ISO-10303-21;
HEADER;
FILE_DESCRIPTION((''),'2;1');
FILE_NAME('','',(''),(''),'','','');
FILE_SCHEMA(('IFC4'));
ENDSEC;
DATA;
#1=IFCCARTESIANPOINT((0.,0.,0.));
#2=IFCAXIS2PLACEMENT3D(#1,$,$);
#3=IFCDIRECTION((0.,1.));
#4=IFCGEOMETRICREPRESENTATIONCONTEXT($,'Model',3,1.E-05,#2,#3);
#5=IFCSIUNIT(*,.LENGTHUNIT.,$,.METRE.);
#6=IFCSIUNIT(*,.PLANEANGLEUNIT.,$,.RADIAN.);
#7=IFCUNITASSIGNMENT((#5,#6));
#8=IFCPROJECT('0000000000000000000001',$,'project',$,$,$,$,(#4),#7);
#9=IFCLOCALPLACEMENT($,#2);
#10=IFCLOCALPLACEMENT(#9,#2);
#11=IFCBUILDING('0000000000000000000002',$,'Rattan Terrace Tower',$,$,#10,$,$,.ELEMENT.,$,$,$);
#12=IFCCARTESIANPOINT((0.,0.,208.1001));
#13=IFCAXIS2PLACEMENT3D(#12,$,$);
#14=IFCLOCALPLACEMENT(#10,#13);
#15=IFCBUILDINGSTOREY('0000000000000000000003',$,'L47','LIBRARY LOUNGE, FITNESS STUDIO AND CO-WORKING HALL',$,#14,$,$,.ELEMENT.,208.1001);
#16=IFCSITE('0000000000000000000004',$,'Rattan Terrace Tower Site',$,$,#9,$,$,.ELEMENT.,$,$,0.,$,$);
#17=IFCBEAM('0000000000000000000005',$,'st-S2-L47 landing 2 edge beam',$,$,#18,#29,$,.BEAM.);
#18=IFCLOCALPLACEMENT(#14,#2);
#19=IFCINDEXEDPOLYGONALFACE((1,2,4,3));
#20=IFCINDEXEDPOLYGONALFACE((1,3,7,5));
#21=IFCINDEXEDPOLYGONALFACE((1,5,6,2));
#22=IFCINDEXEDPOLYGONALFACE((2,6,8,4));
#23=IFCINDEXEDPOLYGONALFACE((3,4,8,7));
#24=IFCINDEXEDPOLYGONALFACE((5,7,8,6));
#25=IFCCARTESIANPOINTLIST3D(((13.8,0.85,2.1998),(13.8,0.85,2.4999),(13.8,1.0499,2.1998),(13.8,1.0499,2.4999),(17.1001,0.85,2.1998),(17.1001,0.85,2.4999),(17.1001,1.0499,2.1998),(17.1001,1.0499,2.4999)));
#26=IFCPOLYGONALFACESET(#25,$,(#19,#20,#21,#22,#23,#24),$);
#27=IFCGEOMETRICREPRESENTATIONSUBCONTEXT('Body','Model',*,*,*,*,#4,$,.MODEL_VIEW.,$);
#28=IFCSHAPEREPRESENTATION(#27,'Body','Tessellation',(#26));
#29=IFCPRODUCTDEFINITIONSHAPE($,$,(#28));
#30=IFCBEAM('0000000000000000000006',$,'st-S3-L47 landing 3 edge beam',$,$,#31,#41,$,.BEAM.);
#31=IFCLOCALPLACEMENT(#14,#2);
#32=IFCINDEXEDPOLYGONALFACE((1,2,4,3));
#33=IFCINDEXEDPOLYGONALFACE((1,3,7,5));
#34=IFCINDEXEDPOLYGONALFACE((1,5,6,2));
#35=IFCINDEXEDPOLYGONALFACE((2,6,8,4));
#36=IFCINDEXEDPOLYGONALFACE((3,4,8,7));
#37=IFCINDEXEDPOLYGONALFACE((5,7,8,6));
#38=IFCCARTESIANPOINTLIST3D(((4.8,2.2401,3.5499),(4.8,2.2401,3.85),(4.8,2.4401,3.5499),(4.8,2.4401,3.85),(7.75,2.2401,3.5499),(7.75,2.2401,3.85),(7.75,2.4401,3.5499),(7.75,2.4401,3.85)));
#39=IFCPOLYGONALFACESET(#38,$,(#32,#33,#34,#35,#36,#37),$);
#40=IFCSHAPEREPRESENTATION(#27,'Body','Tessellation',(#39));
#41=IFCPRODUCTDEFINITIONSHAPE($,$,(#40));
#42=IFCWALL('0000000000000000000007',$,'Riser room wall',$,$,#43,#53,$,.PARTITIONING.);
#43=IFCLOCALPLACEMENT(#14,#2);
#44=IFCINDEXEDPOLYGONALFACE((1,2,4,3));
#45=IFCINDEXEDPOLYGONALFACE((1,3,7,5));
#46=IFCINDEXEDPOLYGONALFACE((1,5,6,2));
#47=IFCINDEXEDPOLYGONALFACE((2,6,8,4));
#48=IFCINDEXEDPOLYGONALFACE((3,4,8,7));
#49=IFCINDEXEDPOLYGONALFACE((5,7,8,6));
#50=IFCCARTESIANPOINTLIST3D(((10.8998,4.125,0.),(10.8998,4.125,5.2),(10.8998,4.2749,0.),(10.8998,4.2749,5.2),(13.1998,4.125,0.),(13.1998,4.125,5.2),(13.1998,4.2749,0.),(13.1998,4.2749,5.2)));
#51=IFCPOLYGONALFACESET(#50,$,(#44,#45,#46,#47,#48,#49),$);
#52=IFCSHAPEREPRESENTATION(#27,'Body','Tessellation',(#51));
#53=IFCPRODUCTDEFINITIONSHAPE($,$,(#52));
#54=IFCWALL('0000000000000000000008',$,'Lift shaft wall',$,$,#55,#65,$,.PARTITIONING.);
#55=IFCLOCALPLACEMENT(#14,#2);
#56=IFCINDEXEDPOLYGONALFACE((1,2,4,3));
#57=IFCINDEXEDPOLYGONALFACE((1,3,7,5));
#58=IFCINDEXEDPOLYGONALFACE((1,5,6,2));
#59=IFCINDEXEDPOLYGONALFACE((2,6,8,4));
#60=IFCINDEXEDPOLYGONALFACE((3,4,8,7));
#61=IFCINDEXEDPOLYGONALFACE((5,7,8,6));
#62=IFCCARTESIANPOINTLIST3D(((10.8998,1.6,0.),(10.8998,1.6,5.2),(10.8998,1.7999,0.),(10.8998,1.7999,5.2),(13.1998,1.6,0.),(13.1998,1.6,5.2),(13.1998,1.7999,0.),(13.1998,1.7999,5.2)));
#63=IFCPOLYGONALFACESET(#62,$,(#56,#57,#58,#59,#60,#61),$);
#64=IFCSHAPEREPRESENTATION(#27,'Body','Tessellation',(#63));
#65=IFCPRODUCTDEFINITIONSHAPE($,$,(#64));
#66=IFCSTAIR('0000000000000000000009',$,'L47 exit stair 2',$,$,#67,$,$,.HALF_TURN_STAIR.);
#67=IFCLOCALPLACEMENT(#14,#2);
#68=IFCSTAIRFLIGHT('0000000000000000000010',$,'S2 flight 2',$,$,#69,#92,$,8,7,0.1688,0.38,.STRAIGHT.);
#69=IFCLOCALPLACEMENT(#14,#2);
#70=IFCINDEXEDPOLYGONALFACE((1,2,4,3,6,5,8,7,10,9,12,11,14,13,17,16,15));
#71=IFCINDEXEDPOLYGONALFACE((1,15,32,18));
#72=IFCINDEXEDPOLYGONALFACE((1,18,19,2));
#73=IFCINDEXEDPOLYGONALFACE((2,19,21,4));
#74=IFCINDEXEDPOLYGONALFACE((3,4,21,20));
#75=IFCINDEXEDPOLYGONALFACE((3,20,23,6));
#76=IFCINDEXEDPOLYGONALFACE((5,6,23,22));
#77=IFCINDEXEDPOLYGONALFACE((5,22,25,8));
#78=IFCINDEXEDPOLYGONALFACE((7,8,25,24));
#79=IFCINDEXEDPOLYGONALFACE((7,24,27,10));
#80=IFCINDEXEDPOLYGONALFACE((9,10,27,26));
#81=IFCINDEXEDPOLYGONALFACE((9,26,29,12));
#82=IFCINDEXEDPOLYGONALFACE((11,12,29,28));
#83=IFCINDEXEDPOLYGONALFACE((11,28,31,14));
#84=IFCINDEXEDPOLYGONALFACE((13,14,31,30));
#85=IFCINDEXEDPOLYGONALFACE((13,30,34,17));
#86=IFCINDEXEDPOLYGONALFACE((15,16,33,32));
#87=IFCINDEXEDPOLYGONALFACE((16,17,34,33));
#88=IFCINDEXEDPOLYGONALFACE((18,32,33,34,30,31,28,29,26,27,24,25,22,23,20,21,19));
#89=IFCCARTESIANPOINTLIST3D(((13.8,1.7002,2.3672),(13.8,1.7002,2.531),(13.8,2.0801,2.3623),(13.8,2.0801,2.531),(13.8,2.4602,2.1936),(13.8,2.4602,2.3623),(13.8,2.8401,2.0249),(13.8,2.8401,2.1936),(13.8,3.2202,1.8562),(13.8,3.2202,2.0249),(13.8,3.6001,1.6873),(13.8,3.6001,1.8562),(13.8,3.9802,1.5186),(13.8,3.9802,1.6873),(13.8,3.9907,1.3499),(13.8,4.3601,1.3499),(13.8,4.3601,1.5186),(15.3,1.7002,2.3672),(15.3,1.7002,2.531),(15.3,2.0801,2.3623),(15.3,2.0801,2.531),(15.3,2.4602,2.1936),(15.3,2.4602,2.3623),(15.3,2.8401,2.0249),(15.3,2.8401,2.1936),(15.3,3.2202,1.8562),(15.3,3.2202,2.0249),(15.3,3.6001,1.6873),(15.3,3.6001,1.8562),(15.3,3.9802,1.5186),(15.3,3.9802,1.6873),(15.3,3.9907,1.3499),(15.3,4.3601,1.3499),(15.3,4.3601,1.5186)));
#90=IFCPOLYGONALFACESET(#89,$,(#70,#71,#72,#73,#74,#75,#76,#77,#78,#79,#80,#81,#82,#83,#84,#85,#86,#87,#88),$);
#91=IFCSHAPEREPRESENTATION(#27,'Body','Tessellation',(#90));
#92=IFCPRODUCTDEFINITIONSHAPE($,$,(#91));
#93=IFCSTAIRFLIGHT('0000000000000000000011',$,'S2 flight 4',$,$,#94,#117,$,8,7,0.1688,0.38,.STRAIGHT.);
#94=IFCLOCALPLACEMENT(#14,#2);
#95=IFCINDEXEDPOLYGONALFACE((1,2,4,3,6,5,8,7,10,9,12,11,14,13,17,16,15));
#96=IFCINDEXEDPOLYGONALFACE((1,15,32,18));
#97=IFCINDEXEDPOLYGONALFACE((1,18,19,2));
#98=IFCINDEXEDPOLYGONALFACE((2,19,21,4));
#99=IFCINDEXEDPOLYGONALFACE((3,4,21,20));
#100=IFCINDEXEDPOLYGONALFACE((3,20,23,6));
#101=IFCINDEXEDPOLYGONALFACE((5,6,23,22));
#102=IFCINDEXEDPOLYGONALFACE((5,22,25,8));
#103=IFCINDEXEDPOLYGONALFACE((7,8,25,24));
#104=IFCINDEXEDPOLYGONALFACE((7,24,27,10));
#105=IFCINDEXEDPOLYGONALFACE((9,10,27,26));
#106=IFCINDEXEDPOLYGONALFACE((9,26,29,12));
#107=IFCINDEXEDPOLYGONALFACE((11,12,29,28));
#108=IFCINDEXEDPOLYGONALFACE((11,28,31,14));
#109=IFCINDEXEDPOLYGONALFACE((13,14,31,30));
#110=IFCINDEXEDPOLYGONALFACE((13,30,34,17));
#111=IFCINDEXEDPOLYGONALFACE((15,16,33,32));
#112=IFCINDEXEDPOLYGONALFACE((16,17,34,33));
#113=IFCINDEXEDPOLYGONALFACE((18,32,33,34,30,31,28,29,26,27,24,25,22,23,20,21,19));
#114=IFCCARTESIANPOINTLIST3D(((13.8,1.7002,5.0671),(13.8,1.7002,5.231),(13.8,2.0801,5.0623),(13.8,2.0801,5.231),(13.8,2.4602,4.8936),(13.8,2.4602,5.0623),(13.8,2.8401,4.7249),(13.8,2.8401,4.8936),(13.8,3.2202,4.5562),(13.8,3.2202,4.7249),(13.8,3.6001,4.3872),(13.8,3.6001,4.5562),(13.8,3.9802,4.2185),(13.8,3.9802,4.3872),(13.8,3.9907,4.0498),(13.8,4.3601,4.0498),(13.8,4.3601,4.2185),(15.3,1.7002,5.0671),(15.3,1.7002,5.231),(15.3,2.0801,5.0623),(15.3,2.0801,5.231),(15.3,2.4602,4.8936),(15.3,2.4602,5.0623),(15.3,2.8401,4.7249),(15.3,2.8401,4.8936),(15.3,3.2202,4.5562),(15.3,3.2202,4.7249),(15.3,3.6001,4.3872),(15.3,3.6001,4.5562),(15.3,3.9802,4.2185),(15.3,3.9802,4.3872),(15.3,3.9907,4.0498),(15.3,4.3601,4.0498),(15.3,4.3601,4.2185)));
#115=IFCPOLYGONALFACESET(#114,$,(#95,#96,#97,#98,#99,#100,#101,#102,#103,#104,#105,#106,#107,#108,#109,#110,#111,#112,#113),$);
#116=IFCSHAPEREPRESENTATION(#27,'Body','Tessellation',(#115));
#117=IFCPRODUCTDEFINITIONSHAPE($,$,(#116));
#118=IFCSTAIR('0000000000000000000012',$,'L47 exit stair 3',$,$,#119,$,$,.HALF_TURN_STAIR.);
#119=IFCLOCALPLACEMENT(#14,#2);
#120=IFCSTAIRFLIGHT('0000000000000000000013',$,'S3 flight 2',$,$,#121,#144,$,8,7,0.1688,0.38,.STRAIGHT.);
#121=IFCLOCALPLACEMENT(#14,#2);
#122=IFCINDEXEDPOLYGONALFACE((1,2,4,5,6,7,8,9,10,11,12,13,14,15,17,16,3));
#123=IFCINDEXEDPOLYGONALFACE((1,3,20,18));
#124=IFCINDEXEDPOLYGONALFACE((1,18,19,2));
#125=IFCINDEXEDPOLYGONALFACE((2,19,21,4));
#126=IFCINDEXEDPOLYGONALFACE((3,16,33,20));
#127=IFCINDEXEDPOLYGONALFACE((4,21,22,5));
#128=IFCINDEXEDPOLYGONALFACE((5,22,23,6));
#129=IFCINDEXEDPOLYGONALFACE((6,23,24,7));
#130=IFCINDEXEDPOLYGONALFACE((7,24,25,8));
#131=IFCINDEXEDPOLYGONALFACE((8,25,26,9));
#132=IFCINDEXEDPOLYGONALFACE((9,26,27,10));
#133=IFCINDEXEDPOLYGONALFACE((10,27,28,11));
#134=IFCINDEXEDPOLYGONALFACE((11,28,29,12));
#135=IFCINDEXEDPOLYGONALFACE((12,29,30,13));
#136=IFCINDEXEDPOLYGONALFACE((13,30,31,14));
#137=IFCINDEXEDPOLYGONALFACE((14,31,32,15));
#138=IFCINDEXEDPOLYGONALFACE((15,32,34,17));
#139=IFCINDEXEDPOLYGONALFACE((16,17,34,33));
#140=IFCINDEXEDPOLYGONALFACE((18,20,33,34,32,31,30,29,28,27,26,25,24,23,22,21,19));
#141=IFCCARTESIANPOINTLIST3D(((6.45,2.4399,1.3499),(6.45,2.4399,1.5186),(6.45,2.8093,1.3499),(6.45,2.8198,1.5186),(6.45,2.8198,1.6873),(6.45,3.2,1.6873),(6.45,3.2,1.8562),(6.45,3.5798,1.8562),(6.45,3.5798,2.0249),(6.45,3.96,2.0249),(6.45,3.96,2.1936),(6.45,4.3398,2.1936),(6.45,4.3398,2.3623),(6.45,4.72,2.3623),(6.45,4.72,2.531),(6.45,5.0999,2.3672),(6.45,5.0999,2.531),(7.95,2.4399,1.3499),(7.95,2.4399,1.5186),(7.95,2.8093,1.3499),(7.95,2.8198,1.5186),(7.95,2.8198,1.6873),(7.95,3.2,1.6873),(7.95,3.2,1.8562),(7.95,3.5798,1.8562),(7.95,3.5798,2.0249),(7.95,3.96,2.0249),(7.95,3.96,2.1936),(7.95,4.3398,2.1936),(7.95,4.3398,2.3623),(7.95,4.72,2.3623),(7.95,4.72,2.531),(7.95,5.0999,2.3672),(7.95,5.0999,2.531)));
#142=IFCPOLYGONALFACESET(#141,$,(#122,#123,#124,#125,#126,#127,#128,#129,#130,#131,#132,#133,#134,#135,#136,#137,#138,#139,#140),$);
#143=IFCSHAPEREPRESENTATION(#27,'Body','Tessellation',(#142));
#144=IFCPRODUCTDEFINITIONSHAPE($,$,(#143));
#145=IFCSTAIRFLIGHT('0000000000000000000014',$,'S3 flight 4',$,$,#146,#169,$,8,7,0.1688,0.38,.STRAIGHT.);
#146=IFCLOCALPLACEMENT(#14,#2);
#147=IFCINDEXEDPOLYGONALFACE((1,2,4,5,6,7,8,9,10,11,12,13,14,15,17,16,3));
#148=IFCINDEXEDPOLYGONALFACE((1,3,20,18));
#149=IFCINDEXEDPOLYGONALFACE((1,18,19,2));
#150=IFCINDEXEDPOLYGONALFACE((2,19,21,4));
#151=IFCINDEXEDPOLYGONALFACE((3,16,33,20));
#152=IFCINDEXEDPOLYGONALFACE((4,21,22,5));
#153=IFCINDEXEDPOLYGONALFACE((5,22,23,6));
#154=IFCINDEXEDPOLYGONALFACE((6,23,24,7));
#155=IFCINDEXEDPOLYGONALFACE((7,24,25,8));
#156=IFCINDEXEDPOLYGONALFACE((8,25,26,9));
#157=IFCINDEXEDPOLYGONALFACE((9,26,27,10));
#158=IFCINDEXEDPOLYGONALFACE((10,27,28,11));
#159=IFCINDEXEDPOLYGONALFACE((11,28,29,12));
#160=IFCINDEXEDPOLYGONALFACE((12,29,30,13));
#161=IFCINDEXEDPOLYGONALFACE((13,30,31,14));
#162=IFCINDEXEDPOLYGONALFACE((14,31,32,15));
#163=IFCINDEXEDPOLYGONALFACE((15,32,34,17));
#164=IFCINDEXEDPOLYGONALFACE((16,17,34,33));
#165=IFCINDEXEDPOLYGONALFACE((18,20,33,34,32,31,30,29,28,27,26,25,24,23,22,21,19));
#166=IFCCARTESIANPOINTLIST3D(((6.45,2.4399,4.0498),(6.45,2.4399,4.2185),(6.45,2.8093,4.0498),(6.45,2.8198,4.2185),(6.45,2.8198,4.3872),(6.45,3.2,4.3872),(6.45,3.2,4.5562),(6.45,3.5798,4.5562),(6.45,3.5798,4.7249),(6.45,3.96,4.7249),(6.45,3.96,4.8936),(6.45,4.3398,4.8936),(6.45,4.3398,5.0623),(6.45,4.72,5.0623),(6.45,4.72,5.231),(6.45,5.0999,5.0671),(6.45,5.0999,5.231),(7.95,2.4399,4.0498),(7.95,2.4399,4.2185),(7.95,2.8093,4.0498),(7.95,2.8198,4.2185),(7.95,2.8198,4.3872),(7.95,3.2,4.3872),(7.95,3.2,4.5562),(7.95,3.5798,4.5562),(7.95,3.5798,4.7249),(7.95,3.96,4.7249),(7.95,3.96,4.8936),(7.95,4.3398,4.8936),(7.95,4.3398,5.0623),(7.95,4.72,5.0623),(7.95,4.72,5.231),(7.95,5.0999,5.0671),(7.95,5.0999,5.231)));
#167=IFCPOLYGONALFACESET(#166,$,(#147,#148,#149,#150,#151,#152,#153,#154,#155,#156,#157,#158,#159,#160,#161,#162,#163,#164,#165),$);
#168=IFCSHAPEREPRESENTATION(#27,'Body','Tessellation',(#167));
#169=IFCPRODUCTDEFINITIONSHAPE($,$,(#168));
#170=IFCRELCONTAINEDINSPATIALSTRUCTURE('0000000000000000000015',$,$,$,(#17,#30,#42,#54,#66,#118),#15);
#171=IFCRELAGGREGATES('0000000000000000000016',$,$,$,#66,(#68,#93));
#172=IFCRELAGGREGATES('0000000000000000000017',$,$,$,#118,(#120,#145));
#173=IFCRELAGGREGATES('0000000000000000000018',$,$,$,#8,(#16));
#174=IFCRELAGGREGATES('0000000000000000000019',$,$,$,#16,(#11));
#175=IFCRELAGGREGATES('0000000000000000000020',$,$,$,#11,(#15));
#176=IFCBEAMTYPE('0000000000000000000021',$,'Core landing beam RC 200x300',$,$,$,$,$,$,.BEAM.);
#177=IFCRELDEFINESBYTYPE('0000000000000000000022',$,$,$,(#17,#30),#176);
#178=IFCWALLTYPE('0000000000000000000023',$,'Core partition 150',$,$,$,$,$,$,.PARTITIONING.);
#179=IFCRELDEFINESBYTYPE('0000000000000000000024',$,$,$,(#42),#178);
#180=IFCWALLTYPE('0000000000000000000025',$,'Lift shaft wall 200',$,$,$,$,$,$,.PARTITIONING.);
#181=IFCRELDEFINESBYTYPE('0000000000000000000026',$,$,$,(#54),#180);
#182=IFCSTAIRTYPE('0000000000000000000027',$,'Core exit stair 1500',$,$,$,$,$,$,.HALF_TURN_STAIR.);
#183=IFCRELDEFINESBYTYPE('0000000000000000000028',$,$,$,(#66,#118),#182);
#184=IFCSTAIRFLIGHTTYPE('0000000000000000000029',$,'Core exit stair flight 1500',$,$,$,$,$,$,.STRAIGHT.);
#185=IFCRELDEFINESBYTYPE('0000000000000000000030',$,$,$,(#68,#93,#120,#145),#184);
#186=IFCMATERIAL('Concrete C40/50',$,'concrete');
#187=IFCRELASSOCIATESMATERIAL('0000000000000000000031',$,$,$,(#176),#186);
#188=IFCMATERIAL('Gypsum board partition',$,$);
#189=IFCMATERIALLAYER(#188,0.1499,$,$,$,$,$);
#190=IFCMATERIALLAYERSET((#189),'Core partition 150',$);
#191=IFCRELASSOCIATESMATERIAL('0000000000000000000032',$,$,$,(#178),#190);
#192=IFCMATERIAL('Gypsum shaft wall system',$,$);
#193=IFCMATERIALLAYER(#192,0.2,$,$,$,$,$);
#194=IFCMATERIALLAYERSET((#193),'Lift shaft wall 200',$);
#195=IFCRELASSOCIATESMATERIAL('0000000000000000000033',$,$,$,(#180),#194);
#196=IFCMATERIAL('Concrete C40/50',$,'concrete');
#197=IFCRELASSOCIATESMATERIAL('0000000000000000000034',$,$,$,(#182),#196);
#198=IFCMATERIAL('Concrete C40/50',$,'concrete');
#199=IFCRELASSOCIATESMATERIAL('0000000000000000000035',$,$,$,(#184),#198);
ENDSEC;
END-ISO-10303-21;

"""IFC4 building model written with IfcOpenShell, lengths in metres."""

from ifc_helpers import new_model, si_unit, direction, frame, frame_2d, origin, origin_2d, place, context, subcontext, project, spatial, polyline, rectangle, outline, extrude, material, layer, layer_set, material_profile, profile_set, type_object, element, aggregate, save


model = new_model("IFC4")

# Units and contexts
model_context = context("Model", 3, precision=1e-05, world=origin(), true_north=direction((0.0, 1.0)))
body_context = subcontext(model_context, "Body", "Model", "MODEL_VIEW")
ifc_project = project(units=[si_unit("LENGTHUNIT", "METRE"), si_unit("PLANEANGLEUNIT", "RADIAN")], contexts=[model_context])

# Site, building, storey
site_placement = place(None, origin())
site = spatial("IfcSite", under=ifc_project, at=site_placement, Name="Rattan Terrace Tower Site", CompositionType="ELEMENT", RefElevation=0.0)
building_placement = place(site_placement, origin())
building = spatial("IfcBuilding", under=site, at=building_placement, Name="Rattan Terrace Tower", CompositionType="ELEMENT")
storey_placement = place(building_placement, frame((0.0, 0.0, 208.1001)))
storey = spatial("IfcBuildingStorey", under=building, at=storey_placement, Name="L47", Description="LIBRARY LOUNGE, FITNESS STUDIO AND CO-WORKING HALL", CompositionType="ELEMENT", Elevation=208.1001)

# Beams
ifc_material_1 = material(Name="Concrete C40/50", Category="concrete")
ifc_material_profile = material_profile(ifc_material_1, rectangle(XDim=0.2, YDim=0.3, at=origin_2d()), Name="RC 200x300")
ifc_profile_set = profile_set([ifc_material_profile], Name="Concrete C40/50")
beam_type = type_object("IfcBeamType", Name="Core landing beam RC 200x300", PredefinedType="BEAM", material=ifc_profile_set)
beam_1_placement = place(storey_placement, frame((13.8, 0.95, 2.3499), z_axis=(1.0, 0.0, 0.0), x_axis=(0.0, 1.0, 0.0)))
element("IfcBeam", 1, at=beam_1_placement, inside=storey, type_object=beam_type, Name="st-S2-L47 landing 2 edge beam", PredefinedType="BEAM", context=body_context, shape_type="SweptSolid", body=[
    extrude(rectangle(XDim=0.2, YDim=0.3, at=origin_2d()), origin(), (0.0, 0.0, 1.0), 3.3),
])
beam_2_placement = place(storey_placement, frame((4.8, 2.3401, 3.7), z_axis=(1.0, 0.0, 0.0), x_axis=(0.0, 1.0, 0.0)))
element("IfcBeam", 2, at=beam_2_placement, inside=storey, type_object=beam_type, Name="st-S3-L47 landing 3 edge beam", PredefinedType="BEAM", context=body_context, shape_type="SweptSolid", body=[
    extrude(rectangle(XDim=0.2, YDim=0.3, at=origin_2d()), origin(), (0.0, 0.0, 1.0), 2.95),
])

# Walls
ifc_material_2 = material(Name="Gypsum board partition")
ifc_layer_1 = layer(ifc_material_2, 0.1499)
ifc_layer_set_1 = layer_set([ifc_layer_1], Name="Core partition 150")
wall_type_1 = type_object("IfcWallType", Name="Core partition 150", PredefinedType="PARTITIONING", material=ifc_layer_set_1)
wall_1_placement = place(storey_placement, frame((10.8999, 4.2, 0.0), z_axis=(0.0, 0.0, 1.0), x_axis=(1.0, 0.0, 0.0)))
element("IfcWall", 3, at=wall_1_placement, inside=storey, type_object=wall_type_1, Name="Riser room wall", PredefinedType="PARTITIONING", context=body_context, shape_type="SweptSolid", body=[
    extrude(rectangle(XDim=2.3, YDim=0.1499, at=frame_2d((1.1499, 0.0))), origin(), (0.0, 0.0, 1.0), 5.2),
])
ifc_material_3 = material(Name="Gypsum shaft wall system")
ifc_layer_2 = layer(ifc_material_3, 0.2)
ifc_layer_set_2 = layer_set([ifc_layer_2], Name="Lift shaft wall 200")
wall_type_2 = type_object("IfcWallType", Name="Lift shaft wall 200", PredefinedType="PARTITIONING", material=ifc_layer_set_2)
wall_2_placement = place(storey_placement, frame((10.8999, 1.7, 0.0), z_axis=(0.0, 0.0, 1.0), x_axis=(1.0, 0.0, 0.0)))
element("IfcWall", 4, at=wall_2_placement, inside=storey, type_object=wall_type_2, Name="Lift shaft wall", PredefinedType="PARTITIONING", context=body_context, shape_type="SweptSolid", body=[
    extrude(rectangle(XDim=2.3, YDim=0.2, at=frame_2d((1.1499, 0.0))), origin(), (0.0, 0.0, 1.0), 5.2),
])

# Stairs, stair flights
ifc_material_4 = material(Name="Concrete C40/50", Category="concrete")
stair_type = type_object("IfcStairType", Name="Core exit stair 1500", PredefinedType="HALF_TURN_STAIR", material=ifc_material_4)
stair_1_placement = place(storey_placement, origin())
stair_1 = element("IfcStair", 5, at=stair_1_placement, inside=storey, type_object=stair_type, Name="L47 exit stair 2", PredefinedType="HALF_TURN_STAIR")
ifc_material_5 = material(Name="Concrete C40/50", Category="concrete")
stair_flight_type = type_object("IfcStairFlightType", Name="Core exit stair flight 1500", PredefinedType="STRAIGHT", material=ifc_material_5)
stair_flight_1_placement = place(storey_placement, frame((14.55, 4.3601, 1.3499), z_axis=(0.0, 0.0, 1.0), x_axis=(0.0, -1.0, 0.0)))
stair_flight_1 = element("IfcStairFlight", 6, at=stair_flight_1_placement, type_object=stair_flight_type, Name="S2 flight 2", NumberOfRisers=8, NumberOfTreads=7, PredefinedType="STRAIGHT", RiserHeight=0.1688, TreadLength=0.38, context=body_context, shape_type="SweptSolid", body=[
    extrude(outline(polyline([(0.0, 0.0), (0.0, 0.1687), (0.3799, 0.1687), (0.3799, 0.3374), (0.76, 0.3374), (0.76, 0.5063), (1.1399, 0.5063), (1.1399, 0.675), (1.52, 0.675), (1.52, 0.8438), (1.8999, 0.8438), (1.8999, 1.0125), (2.28, 1.0125), (2.28, 1.1812), (2.6599, 1.1812), (2.6599, 1.3501), (2.6599, 1.0173), (0.3694, 0.0), (0.0, 0.0)])), frame((0.0, 0.75, 0.0), z_axis=(0.0, -1.0, 0.0), x_axis=(1.0, 0.0, 0.0)), (0.0, 0.0, 1.0), 1.5),
])
stair_flight_2_placement = place(storey_placement, frame((14.55, 4.3601, 4.0498), z_axis=(0.0, 0.0, 1.0), x_axis=(0.0, -1.0, 0.0)))
stair_flight_2 = element("IfcStairFlight", 7, at=stair_flight_2_placement, type_object=stair_flight_type, Name="S2 flight 4", NumberOfRisers=8, NumberOfTreads=7, PredefinedType="STRAIGHT", RiserHeight=0.1688, TreadLength=0.38, context=body_context, shape_type="SweptSolid", body=[
    extrude(outline(polyline([(0.0, 0.0), (0.0, 0.1687), (0.3799, 0.1687), (0.3799, 0.3374), (0.76, 0.3374), (0.76, 0.5063), (1.1399, 0.5063), (1.1399, 0.675), (1.52, 0.675), (1.52, 0.8438), (1.8999, 0.8438), (1.8999, 1.0125), (2.28, 1.0125), (2.28, 1.1812), (2.6599, 1.1812), (2.6599, 1.3501), (2.6599, 1.0173), (0.3694, 0.0), (0.0, 0.0)])), frame((0.0, 0.75, 0.0), z_axis=(0.0, -1.0, 0.0), x_axis=(1.0, 0.0, 0.0)), (0.0, 0.0, 1.0), 1.5),
])
aggregate(stair_1, [stair_flight_1, stair_flight_2])
stair_2_placement = place(storey_placement, origin())
stair_2 = element("IfcStair", 8, at=stair_2_placement, inside=storey, type_object=stair_type, Name="L47 exit stair 3", PredefinedType="HALF_TURN_STAIR")
stair_flight_3_placement = place(storey_placement, frame((7.2, 2.4399, 1.3499), z_axis=(0.0, 0.0, 1.0), x_axis=(0.0, 1.0, 0.0)))
stair_flight_3 = element("IfcStairFlight", 9, at=stair_flight_3_placement, type_object=stair_flight_type, Name="S3 flight 2", NumberOfRisers=8, NumberOfTreads=7, PredefinedType="STRAIGHT", RiserHeight=0.1688, TreadLength=0.38, context=body_context, shape_type="SweptSolid", body=[
    extrude(outline(polyline([(0.0, 0.0), (0.0, 0.1687), (0.3799, 0.1687), (0.3799, 0.3374), (0.76, 0.3374), (0.76, 0.5063), (1.1399, 0.5063), (1.1399, 0.675), (1.52, 0.675), (1.52, 0.8438), (1.8999, 0.8438), (1.8999, 1.0125), (2.28, 1.0125), (2.28, 1.1812), (2.6599, 1.1812), (2.6599, 1.3501), (2.6599, 1.0173), (0.3694, 0.0), (0.0, 0.0)])), frame((0.0, 0.75, 0.0), z_axis=(0.0, -1.0, 0.0), x_axis=(1.0, 0.0, 0.0)), (0.0, 0.0, 1.0), 1.5),
])
stair_flight_4_placement = place(storey_placement, frame((7.2, 2.4399, 4.0498), z_axis=(0.0, 0.0, 1.0), x_axis=(0.0, 1.0, 0.0)))
stair_flight_4 = element("IfcStairFlight", 10, at=stair_flight_4_placement, type_object=stair_flight_type, Name="S3 flight 4", NumberOfRisers=8, NumberOfTreads=7, PredefinedType="STRAIGHT", RiserHeight=0.1688, TreadLength=0.38, context=body_context, shape_type="SweptSolid", body=[
    extrude(outline(polyline([(0.0, 0.0), (0.0, 0.1687), (0.3799, 0.1687), (0.3799, 0.3374), (0.76, 0.3374), (0.76, 0.5063), (1.1399, 0.5063), (1.1399, 0.675), (1.52, 0.675), (1.52, 0.8438), (1.8999, 0.8438), (1.8999, 1.0125), (2.28, 1.0125), (2.28, 1.1812), (2.6599, 1.1812), (2.6599, 1.3501), (2.6599, 1.0173), (0.3694, 0.0), (0.0, 0.0)])), frame((0.0, 0.75, 0.0), z_axis=(0.0, -1.0, 0.0), x_axis=(1.0, 0.0, 0.0)), (0.0, 0.0, 1.0), 1.5),
])
aggregate(stair_2, [stair_flight_3, stair_flight_4])

save(model, "model.ifc")
